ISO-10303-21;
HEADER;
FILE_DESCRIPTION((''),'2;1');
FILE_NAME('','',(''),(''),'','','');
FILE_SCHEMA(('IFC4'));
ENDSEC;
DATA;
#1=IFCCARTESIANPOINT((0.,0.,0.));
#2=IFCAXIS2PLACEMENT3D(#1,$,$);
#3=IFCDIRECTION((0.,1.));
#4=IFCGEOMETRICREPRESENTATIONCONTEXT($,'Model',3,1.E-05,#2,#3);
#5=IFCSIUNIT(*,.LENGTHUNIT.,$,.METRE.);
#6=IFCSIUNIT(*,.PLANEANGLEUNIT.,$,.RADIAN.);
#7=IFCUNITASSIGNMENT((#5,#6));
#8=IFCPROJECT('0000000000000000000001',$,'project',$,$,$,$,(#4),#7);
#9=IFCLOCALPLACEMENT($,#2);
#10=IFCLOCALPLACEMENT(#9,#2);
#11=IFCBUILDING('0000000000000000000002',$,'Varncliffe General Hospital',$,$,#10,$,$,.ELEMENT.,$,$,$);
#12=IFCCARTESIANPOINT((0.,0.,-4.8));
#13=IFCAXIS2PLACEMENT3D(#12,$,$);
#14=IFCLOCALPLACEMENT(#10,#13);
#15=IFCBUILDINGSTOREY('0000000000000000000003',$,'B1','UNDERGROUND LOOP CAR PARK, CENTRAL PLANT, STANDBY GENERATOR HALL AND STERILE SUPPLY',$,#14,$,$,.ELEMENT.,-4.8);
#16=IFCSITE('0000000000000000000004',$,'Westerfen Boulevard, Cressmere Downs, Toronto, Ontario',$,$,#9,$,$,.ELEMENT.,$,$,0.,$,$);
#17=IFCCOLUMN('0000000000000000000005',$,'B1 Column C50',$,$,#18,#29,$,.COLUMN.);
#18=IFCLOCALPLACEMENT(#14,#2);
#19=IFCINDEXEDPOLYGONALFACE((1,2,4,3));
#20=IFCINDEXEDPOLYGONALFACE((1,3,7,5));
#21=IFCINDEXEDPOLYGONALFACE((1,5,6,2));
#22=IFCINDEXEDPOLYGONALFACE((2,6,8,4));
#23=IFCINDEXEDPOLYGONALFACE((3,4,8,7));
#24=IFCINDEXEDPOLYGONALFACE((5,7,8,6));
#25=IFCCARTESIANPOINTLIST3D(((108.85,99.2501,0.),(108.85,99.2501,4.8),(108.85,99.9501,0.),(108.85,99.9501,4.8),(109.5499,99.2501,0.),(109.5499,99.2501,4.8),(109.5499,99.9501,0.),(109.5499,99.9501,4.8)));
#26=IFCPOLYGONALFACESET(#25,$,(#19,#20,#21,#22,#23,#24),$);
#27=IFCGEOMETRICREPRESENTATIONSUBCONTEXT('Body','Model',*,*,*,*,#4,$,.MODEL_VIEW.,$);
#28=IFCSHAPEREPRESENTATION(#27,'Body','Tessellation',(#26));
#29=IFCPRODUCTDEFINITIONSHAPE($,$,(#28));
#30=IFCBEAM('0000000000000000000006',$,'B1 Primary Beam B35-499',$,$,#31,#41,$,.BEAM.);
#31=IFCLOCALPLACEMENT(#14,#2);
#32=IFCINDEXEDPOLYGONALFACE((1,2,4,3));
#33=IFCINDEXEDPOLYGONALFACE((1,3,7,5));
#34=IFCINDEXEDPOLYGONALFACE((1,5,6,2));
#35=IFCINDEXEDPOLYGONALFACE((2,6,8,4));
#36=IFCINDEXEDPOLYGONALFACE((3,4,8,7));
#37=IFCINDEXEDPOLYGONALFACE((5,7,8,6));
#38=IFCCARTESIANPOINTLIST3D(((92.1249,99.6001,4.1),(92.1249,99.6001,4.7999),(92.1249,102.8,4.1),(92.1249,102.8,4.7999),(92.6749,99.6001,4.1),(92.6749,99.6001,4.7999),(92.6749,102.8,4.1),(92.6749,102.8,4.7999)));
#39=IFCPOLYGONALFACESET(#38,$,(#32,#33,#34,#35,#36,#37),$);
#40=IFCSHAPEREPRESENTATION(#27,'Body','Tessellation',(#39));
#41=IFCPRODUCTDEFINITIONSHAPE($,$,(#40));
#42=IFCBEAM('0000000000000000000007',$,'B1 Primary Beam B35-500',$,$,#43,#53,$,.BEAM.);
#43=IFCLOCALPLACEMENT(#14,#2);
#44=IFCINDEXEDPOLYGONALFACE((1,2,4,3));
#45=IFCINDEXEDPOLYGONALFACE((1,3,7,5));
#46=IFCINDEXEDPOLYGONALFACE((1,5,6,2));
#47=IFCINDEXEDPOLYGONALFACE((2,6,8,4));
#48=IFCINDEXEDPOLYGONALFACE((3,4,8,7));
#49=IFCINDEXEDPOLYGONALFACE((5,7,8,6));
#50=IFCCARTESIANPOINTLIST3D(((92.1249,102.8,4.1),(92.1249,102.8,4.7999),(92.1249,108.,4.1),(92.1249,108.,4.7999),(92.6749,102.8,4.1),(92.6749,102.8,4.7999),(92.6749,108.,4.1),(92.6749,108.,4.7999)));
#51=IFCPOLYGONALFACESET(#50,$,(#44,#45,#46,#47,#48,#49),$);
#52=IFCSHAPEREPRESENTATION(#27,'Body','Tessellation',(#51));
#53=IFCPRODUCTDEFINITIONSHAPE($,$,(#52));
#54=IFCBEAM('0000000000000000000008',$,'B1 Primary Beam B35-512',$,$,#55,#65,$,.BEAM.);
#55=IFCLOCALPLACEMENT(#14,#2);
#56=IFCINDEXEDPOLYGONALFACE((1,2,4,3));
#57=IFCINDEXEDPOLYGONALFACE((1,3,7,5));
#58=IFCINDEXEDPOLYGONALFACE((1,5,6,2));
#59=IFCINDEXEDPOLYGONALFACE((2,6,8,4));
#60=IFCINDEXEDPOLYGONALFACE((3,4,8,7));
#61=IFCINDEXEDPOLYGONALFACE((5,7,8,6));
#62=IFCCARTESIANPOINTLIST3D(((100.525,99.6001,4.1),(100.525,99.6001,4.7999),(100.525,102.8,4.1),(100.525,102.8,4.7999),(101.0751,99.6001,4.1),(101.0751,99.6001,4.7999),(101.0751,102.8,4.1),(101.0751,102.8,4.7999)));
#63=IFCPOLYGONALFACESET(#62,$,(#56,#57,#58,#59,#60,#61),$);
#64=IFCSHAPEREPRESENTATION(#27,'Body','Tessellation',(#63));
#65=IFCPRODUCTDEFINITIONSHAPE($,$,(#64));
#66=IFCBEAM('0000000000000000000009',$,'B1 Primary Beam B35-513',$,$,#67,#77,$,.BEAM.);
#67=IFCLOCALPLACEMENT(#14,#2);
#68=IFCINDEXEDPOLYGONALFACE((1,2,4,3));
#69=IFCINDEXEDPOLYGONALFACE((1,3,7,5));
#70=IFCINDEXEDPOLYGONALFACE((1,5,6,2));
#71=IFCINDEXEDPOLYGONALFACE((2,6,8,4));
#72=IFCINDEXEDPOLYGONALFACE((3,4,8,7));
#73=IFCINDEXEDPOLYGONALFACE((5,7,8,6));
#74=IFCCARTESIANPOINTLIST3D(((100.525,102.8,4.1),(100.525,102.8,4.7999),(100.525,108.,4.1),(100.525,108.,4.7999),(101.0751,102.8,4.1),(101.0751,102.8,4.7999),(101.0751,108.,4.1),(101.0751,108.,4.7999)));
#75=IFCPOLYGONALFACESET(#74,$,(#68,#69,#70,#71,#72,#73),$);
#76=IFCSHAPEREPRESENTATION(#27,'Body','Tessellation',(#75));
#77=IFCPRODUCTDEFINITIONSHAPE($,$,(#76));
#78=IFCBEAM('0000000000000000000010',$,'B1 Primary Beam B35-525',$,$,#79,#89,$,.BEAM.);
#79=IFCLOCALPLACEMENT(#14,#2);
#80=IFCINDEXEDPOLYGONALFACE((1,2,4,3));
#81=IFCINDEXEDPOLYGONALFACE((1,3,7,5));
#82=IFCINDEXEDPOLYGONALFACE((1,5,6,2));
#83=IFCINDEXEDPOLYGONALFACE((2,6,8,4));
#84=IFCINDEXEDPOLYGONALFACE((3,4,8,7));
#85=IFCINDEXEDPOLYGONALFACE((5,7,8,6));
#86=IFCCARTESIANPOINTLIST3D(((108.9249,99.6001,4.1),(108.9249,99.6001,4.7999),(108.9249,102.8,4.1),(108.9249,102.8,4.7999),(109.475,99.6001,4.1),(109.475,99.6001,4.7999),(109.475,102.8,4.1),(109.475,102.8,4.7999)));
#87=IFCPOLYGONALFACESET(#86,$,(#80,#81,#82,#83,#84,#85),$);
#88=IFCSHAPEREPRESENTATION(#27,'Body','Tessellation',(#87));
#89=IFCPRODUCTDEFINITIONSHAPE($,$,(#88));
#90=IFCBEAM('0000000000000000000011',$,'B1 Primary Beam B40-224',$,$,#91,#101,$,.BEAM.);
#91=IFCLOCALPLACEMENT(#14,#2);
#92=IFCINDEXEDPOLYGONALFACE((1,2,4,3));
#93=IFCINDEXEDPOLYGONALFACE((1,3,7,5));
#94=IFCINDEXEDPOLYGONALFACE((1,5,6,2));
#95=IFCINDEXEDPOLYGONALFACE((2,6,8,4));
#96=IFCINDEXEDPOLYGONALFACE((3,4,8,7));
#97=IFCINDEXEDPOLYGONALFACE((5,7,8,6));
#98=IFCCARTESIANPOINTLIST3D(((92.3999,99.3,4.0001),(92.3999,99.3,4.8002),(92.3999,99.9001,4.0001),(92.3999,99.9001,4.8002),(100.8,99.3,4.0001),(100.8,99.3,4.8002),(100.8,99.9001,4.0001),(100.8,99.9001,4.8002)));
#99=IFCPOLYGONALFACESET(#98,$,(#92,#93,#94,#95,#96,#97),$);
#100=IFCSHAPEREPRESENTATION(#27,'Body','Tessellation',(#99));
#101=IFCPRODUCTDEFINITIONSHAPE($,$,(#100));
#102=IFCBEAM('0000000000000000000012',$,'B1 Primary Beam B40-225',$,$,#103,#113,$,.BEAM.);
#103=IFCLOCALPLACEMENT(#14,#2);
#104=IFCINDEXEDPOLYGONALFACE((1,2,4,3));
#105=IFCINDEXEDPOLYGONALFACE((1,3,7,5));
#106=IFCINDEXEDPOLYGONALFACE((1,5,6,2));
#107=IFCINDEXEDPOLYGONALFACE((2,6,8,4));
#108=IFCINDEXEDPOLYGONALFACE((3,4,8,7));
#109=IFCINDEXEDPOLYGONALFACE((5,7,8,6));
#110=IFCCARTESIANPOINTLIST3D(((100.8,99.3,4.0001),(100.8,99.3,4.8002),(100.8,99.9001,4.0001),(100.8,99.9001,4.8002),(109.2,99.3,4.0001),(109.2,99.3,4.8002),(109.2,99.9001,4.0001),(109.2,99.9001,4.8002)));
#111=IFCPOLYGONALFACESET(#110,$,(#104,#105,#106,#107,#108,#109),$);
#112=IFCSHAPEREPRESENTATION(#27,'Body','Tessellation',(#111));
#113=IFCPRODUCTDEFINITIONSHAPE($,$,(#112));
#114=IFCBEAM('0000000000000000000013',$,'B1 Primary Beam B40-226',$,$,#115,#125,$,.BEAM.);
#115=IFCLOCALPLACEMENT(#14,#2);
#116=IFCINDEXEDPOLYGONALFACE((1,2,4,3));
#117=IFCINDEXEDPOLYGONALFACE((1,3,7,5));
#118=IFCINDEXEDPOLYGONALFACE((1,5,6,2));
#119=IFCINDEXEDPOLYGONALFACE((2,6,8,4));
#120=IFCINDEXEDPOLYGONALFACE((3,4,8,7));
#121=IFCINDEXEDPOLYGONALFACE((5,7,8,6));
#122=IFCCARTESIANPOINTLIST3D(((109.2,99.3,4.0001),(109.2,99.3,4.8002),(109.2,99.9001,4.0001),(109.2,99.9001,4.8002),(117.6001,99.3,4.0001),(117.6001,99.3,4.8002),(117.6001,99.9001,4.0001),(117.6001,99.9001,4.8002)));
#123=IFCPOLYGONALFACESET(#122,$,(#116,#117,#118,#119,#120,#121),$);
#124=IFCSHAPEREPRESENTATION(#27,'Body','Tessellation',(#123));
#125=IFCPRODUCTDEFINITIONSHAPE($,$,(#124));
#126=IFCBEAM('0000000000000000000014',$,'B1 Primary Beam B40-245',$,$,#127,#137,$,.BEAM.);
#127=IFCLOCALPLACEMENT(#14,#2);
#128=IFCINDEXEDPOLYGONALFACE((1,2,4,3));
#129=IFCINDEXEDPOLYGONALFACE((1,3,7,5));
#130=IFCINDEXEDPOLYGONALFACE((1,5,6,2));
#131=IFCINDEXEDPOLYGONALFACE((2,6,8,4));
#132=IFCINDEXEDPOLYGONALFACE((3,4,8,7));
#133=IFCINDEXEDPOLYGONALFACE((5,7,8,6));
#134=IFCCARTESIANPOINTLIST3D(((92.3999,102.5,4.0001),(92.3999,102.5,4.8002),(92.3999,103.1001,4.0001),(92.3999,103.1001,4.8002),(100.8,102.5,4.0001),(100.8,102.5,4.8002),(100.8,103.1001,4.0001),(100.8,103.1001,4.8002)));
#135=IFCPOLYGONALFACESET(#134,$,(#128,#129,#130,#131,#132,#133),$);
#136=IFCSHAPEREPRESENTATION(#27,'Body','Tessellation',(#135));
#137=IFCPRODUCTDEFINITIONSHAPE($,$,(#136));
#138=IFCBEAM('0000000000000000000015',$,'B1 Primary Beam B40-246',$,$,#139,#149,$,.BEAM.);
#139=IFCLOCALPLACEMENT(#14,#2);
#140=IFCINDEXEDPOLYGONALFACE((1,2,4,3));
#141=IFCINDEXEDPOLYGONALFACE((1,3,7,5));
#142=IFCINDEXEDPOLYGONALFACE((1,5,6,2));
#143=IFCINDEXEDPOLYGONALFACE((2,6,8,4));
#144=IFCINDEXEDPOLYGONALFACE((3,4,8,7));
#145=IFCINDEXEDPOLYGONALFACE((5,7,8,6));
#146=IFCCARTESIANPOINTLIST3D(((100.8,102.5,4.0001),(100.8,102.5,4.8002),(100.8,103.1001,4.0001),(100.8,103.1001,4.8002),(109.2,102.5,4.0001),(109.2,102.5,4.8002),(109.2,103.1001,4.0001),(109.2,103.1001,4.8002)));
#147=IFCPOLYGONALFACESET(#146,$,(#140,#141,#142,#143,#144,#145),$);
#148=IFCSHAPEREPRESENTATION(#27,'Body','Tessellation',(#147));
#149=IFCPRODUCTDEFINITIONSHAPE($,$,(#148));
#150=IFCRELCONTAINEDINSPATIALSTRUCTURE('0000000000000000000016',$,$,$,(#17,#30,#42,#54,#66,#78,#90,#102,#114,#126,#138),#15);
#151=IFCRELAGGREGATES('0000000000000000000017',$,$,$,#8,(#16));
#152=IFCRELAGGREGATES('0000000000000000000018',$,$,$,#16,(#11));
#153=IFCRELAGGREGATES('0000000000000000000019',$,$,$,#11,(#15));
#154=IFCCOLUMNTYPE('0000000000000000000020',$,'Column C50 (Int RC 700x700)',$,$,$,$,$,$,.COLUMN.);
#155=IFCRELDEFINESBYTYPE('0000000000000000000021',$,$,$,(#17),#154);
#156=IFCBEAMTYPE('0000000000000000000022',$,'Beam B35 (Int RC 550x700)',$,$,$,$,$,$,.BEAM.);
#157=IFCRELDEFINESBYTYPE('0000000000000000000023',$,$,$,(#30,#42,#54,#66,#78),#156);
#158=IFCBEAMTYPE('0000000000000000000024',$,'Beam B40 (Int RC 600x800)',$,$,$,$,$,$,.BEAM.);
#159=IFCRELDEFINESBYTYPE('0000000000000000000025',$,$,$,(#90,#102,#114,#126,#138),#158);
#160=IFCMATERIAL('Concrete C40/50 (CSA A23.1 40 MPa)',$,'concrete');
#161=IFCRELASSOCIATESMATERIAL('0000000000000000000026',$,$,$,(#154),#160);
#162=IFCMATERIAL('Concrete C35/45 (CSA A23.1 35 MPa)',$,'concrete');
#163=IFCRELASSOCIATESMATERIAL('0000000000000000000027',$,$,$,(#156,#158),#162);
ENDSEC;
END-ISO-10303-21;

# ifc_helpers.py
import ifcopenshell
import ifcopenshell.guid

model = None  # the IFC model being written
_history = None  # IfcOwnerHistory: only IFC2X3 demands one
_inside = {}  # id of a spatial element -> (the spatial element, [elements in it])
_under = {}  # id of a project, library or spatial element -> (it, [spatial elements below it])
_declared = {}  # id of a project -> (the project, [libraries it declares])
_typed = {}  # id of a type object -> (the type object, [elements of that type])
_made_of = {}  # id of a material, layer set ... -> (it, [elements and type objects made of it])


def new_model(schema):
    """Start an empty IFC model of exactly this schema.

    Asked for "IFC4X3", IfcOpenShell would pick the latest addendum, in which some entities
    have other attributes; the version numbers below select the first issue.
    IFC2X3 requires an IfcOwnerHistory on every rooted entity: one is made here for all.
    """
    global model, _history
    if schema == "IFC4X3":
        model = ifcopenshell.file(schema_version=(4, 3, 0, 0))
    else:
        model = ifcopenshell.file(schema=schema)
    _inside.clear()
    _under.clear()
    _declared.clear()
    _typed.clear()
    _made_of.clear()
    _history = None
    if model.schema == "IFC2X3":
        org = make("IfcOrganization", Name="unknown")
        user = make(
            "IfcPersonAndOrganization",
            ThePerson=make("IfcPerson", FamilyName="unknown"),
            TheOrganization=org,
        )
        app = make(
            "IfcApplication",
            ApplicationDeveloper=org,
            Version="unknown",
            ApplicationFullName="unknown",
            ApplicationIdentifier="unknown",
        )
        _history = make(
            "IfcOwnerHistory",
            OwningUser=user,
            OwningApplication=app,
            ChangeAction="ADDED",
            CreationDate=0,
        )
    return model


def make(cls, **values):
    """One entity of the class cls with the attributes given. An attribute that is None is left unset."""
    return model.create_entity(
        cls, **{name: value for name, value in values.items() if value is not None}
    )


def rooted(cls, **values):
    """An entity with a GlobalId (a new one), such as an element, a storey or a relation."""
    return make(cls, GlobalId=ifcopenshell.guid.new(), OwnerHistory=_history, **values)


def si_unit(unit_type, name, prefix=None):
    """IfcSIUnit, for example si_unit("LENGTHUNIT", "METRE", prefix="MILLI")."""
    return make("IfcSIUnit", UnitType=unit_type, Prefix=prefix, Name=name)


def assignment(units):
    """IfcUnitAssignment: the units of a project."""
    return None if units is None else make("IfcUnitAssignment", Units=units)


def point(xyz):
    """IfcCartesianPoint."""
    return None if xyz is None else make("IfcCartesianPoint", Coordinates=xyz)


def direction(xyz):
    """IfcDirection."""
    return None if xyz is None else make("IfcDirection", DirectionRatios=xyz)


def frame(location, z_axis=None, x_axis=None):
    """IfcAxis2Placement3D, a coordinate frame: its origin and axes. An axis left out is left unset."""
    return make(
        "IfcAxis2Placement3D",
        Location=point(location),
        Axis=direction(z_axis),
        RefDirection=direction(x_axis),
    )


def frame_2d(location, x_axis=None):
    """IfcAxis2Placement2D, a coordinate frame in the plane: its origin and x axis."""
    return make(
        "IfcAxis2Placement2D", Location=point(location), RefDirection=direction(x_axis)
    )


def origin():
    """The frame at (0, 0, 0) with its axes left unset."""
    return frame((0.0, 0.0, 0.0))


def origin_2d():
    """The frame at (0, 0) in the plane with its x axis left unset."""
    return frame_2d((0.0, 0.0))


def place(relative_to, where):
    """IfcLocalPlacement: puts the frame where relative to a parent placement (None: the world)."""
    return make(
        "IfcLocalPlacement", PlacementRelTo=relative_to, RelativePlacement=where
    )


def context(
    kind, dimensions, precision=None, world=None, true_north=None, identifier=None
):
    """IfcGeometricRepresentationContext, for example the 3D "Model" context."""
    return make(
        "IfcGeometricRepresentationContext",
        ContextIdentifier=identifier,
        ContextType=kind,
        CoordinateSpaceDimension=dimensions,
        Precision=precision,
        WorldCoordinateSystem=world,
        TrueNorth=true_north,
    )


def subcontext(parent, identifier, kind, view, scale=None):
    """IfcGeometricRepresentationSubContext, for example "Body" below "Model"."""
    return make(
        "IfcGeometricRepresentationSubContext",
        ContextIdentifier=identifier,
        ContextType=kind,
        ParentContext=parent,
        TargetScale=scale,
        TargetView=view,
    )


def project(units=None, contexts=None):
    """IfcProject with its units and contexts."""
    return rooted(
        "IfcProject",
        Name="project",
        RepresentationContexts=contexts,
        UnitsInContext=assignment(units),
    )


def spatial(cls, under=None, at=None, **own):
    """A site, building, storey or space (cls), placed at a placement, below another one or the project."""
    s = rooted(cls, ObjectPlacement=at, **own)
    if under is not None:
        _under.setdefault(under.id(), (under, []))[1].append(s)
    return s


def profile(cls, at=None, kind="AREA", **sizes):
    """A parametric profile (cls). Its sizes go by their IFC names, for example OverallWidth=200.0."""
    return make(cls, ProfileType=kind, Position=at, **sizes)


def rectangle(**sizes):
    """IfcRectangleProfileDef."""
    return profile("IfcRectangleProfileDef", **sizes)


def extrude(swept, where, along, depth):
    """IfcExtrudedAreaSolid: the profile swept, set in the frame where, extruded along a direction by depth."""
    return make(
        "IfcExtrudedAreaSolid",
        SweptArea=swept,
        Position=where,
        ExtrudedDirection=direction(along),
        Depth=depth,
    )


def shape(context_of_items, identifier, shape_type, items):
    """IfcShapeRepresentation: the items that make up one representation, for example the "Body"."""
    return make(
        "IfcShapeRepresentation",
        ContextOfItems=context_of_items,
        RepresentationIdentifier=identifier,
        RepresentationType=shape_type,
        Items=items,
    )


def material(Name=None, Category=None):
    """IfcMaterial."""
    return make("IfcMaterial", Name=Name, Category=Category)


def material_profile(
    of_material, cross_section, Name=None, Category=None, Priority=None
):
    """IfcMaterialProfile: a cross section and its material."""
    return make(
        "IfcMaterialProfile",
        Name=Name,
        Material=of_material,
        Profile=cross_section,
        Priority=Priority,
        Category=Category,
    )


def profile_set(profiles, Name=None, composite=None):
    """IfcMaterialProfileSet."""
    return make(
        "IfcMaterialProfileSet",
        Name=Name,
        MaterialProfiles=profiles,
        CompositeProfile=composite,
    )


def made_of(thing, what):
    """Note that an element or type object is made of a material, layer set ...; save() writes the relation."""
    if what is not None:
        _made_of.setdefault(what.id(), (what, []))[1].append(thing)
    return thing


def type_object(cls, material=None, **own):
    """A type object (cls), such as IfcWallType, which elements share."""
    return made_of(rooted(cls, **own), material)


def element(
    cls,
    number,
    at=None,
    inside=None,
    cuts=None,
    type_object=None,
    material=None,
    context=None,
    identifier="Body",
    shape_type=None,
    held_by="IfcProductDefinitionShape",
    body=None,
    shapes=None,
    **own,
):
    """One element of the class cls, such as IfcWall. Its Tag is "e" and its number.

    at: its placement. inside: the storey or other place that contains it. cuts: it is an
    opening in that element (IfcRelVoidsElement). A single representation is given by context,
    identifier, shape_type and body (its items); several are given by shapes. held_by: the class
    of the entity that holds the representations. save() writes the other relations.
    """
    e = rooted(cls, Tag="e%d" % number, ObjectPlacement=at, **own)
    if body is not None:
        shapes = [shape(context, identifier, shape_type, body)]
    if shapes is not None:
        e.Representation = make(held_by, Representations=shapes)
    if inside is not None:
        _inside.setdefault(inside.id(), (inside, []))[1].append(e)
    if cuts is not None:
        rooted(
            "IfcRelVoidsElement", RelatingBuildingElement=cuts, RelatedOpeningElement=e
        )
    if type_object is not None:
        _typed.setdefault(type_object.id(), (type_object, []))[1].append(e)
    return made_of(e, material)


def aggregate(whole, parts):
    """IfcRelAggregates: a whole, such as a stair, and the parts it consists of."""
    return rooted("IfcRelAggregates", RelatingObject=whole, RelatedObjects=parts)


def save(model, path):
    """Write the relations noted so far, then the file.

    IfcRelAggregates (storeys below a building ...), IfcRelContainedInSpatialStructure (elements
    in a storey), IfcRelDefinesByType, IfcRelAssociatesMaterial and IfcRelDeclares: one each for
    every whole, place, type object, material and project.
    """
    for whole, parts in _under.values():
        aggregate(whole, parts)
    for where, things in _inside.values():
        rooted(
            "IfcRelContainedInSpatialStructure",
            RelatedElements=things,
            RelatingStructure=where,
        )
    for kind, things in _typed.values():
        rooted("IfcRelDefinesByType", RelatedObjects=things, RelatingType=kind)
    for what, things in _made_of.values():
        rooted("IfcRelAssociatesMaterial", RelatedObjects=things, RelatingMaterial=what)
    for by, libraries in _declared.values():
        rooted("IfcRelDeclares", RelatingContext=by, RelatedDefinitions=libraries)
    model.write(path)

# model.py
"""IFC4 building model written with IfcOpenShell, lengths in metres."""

from ifc_helpers import new_model, si_unit, direction, frame, origin, origin_2d, place, context, subcontext, project, spatial, rectangle, extrude, material, material_profile, profile_set, type_object, element, save


model = new_model("IFC4")

# Units and contexts
model_context = context("Model", 3, precision=1e-05, world=origin(), true_north=direction((0.0, 1.0)))
body_context = subcontext(model_context, "Body", "Model", "MODEL_VIEW")
ifc_project = project(units=[si_unit("LENGTHUNIT", "METRE"), si_unit("PLANEANGLEUNIT", "RADIAN")], contexts=[model_context])

# Site, building, storey
site_placement = place(None, origin())
site = spatial("IfcSite", under=ifc_project, at=site_placement, Name="Westerfen Boulevard, Cressmere Downs, Toronto, Ontario", CompositionType="ELEMENT", RefElevation=0.0)
building_placement = place(site_placement, origin())
building = spatial("IfcBuilding", under=site, at=building_placement, Name="Varncliffe General Hospital", CompositionType="ELEMENT")
storey_placement = place(building_placement, frame((0.0, 0.0, -4.8)))
storey = spatial("IfcBuildingStorey", under=building, at=storey_placement, Name="B1", Description="UNDERGROUND LOOP CAR PARK, CENTRAL PLANT, STANDBY GENERATOR HALL AND STERILE SUPPLY", CompositionType="ELEMENT", Elevation=-4.8)

# Shared definitions
ifc_material_1 = material(Name="Concrete C40/50 (CSA A23.1 40 MPa)", Category="concrete")

# Column
ifc_material_profile_1 = material_profile(ifc_material_1, rectangle(XDim=0.7, YDim=0.7, at=origin_2d()), Name="RC 700x700")
ifc_profile_set_1 = profile_set([ifc_material_profile_1], Name="Concrete C40/50 (CSA A23.1 40 MPa)")
column_type = type_object("IfcColumnType", Name="Column C50 (Int RC 700x700)", PredefinedType="COLUMN", material=ifc_profile_set_1)
for number, where, z_axis, x_axis, name in (
    (1, (109.2, 99.6001, 0.0), (0.0, 0.0, 1.0), (1.0, 0.0, 0.0), "B1 Column C50"),
):
    element("IfcColumn", number, at=place(storey_placement, frame(where, z_axis=z_axis, x_axis=x_axis)), inside=storey, type_object=column_type, Name=name, PredefinedType="COLUMN", context=body_context, shape_type="SweptSolid", body=[
        extrude(rectangle(XDim=0.7, YDim=0.7, at=origin_2d()), origin(), (0.0, 0.0, 1.0), 4.8),
    ])

# Beams
ifc_material_2 = material(Name="Concrete C35/45 (CSA A23.1 35 MPa)", Category="concrete")
ifc_material_profile_2 = material_profile(ifc_material_2, rectangle(XDim=0.55, YDim=0.7, at=origin_2d()), Name="RC 550x700")
ifc_profile_set_2 = profile_set([ifc_material_profile_2], Name="Concrete C35/45 (CSA A23.1 35 MPa)")
beam_type_1 = type_object("IfcBeamType", Name="Beam B35 (Int RC 550x700)", PredefinedType="BEAM", material=ifc_profile_set_2)
beam_1_placement = place(storey_placement, frame((92.3999, 99.6001, 4.45), z_axis=(0.0, 1.0, 0.0), x_axis=(-1.0, 0.0, 0.0)))
element("IfcBeam", 2, at=beam_1_placement, inside=storey, type_object=beam_type_1, Name="B1 Primary Beam B35-499", PredefinedType="BEAM", context=body_context, shape_type="SweptSolid", body=[
    extrude(rectangle(XDim=0.55, YDim=0.7, at=origin_2d()), origin(), (0.0, 0.0, 1.0), 3.2),
])
beam_2_placement = place(storey_placement, frame((92.3999, 102.8, 4.45), z_axis=(0.0, 1.0, 0.0), x_axis=(-1.0, 0.0, 0.0)))
element("IfcBeam", 3, at=beam_2_placement, inside=storey, type_object=beam_type_1, Name="B1 Primary Beam B35-500", PredefinedType="BEAM", context=body_context, shape_type="SweptSolid", body=[
    extrude(rectangle(XDim=0.55, YDim=0.7, at=origin_2d()), origin(), (0.0, 0.0, 1.0), 5.2),
])
beam_3_placement = place(storey_placement, frame((100.8, 99.6001, 4.45), z_axis=(0.0, 1.0, 0.0), x_axis=(-1.0, 0.0, 0.0)))
element("IfcBeam", 4, at=beam_3_placement, inside=storey, type_object=beam_type_1, Name="B1 Primary Beam B35-512", PredefinedType="BEAM", context=body_context, shape_type="SweptSolid", body=[
    extrude(rectangle(XDim=0.55, YDim=0.7, at=origin_2d()), origin(), (0.0, 0.0, 1.0), 3.2),
])
beam_4_placement = place(storey_placement, frame((100.8, 102.8, 4.45), z_axis=(0.0, 1.0, 0.0), x_axis=(-1.0, 0.0, 0.0)))
element("IfcBeam", 5, at=beam_4_placement, inside=storey, type_object=beam_type_1, Name="B1 Primary Beam B35-513", PredefinedType="BEAM", context=body_context, shape_type="SweptSolid", body=[
    extrude(rectangle(XDim=0.55, YDim=0.7, at=origin_2d()), origin(), (0.0, 0.0, 1.0), 5.2),
])
beam_5_placement = place(storey_placement, frame((109.2, 99.6001, 4.45), z_axis=(0.0, 1.0, 0.0), x_axis=(-1.0, 0.0, 0.0)))
element("IfcBeam", 6, at=beam_5_placement, inside=storey, type_object=beam_type_1, Name="B1 Primary Beam B35-525", PredefinedType="BEAM", context=body_context, shape_type="SweptSolid", body=[
    extrude(rectangle(XDim=0.55, YDim=0.7, at=origin_2d()), origin(), (0.0, 0.0, 1.0), 3.2),
])
ifc_material_profile_3 = material_profile(ifc_material_2, rectangle(XDim=0.6001, YDim=0.8, at=origin_2d()), Name="RC 600x800")
ifc_profile_set_3 = profile_set([ifc_material_profile_3], Name="Concrete C35/45 (CSA A23.1 35 MPa)")
beam_type_2 = type_object("IfcBeamType", Name="Beam B40 (Int RC 600x800)", PredefinedType="BEAM", material=ifc_profile_set_3)
beam_6_placement = place(storey_placement, frame((92.3999, 99.6001, 4.4001), z_axis=(1.0, 0.0, 0.0), x_axis=(0.0, 1.0, 0.0)))
element("IfcBeam", 7, at=beam_6_placement, inside=storey, type_object=beam_type_2, Name="B1 Primary Beam B40-224", PredefinedType="BEAM", context=body_context, shape_type="SweptSolid", body=[
    extrude(rectangle(XDim=0.6001, YDim=0.8, at=origin_2d()), origin(), (0.0, 0.0, 1.0), 8.4001),
])
beam_7_placement = place(storey_placement, frame((100.8, 99.6001, 4.4001), z_axis=(1.0, 0.0, 0.0), x_axis=(0.0, 1.0, 0.0)))
element("IfcBeam", 8, at=beam_7_placement, inside=storey, type_object=beam_type_2, Name="B1 Primary Beam B40-225", PredefinedType="BEAM", context=body_context, shape_type="SweptSolid", body=[
    extrude(rectangle(XDim=0.6001, YDim=0.8, at=origin_2d()), origin(), (0.0, 0.0, 1.0), 8.3999),
])
for number, where, z_axis, x_axis, name in (
    (9, (109.2, 99.6001, 4.4001), (1.0, 0.0, 0.0), (0.0, 1.0, 0.0), "B1 Primary Beam B40-226"),
    (10, (92.3999, 102.8, 4.4001), (1.0, 0.0, 0.0), (0.0, 1.0, 0.0), "B1 Primary Beam B40-245"),
):
    element("IfcBeam", number, at=place(storey_placement, frame(where, z_axis=z_axis, x_axis=x_axis)), inside=storey, type_object=beam_type_2, Name=name, PredefinedType="BEAM", context=body_context, shape_type="SweptSolid", body=[
        extrude(rectangle(XDim=0.6001, YDim=0.8, at=origin_2d()), origin(), (0.0, 0.0, 1.0), 8.4001),
    ])
beam_8_placement = place(storey_placement, frame((100.8, 102.8, 4.4001), z_axis=(1.0, 0.0, 0.0), x_axis=(0.0, 1.0, 0.0)))
element("IfcBeam", 11, at=beam_8_placement, inside=storey, type_object=beam_type_2, Name="B1 Primary Beam B40-246", PredefinedType="BEAM", context=body_context, shape_type="SweptSolid", body=[
    extrude(rectangle(XDim=0.6001, YDim=0.8, at=origin_2d()), origin(), (0.0, 0.0, 1.0), 8.3999),
])

save(model, "model.ifc")
